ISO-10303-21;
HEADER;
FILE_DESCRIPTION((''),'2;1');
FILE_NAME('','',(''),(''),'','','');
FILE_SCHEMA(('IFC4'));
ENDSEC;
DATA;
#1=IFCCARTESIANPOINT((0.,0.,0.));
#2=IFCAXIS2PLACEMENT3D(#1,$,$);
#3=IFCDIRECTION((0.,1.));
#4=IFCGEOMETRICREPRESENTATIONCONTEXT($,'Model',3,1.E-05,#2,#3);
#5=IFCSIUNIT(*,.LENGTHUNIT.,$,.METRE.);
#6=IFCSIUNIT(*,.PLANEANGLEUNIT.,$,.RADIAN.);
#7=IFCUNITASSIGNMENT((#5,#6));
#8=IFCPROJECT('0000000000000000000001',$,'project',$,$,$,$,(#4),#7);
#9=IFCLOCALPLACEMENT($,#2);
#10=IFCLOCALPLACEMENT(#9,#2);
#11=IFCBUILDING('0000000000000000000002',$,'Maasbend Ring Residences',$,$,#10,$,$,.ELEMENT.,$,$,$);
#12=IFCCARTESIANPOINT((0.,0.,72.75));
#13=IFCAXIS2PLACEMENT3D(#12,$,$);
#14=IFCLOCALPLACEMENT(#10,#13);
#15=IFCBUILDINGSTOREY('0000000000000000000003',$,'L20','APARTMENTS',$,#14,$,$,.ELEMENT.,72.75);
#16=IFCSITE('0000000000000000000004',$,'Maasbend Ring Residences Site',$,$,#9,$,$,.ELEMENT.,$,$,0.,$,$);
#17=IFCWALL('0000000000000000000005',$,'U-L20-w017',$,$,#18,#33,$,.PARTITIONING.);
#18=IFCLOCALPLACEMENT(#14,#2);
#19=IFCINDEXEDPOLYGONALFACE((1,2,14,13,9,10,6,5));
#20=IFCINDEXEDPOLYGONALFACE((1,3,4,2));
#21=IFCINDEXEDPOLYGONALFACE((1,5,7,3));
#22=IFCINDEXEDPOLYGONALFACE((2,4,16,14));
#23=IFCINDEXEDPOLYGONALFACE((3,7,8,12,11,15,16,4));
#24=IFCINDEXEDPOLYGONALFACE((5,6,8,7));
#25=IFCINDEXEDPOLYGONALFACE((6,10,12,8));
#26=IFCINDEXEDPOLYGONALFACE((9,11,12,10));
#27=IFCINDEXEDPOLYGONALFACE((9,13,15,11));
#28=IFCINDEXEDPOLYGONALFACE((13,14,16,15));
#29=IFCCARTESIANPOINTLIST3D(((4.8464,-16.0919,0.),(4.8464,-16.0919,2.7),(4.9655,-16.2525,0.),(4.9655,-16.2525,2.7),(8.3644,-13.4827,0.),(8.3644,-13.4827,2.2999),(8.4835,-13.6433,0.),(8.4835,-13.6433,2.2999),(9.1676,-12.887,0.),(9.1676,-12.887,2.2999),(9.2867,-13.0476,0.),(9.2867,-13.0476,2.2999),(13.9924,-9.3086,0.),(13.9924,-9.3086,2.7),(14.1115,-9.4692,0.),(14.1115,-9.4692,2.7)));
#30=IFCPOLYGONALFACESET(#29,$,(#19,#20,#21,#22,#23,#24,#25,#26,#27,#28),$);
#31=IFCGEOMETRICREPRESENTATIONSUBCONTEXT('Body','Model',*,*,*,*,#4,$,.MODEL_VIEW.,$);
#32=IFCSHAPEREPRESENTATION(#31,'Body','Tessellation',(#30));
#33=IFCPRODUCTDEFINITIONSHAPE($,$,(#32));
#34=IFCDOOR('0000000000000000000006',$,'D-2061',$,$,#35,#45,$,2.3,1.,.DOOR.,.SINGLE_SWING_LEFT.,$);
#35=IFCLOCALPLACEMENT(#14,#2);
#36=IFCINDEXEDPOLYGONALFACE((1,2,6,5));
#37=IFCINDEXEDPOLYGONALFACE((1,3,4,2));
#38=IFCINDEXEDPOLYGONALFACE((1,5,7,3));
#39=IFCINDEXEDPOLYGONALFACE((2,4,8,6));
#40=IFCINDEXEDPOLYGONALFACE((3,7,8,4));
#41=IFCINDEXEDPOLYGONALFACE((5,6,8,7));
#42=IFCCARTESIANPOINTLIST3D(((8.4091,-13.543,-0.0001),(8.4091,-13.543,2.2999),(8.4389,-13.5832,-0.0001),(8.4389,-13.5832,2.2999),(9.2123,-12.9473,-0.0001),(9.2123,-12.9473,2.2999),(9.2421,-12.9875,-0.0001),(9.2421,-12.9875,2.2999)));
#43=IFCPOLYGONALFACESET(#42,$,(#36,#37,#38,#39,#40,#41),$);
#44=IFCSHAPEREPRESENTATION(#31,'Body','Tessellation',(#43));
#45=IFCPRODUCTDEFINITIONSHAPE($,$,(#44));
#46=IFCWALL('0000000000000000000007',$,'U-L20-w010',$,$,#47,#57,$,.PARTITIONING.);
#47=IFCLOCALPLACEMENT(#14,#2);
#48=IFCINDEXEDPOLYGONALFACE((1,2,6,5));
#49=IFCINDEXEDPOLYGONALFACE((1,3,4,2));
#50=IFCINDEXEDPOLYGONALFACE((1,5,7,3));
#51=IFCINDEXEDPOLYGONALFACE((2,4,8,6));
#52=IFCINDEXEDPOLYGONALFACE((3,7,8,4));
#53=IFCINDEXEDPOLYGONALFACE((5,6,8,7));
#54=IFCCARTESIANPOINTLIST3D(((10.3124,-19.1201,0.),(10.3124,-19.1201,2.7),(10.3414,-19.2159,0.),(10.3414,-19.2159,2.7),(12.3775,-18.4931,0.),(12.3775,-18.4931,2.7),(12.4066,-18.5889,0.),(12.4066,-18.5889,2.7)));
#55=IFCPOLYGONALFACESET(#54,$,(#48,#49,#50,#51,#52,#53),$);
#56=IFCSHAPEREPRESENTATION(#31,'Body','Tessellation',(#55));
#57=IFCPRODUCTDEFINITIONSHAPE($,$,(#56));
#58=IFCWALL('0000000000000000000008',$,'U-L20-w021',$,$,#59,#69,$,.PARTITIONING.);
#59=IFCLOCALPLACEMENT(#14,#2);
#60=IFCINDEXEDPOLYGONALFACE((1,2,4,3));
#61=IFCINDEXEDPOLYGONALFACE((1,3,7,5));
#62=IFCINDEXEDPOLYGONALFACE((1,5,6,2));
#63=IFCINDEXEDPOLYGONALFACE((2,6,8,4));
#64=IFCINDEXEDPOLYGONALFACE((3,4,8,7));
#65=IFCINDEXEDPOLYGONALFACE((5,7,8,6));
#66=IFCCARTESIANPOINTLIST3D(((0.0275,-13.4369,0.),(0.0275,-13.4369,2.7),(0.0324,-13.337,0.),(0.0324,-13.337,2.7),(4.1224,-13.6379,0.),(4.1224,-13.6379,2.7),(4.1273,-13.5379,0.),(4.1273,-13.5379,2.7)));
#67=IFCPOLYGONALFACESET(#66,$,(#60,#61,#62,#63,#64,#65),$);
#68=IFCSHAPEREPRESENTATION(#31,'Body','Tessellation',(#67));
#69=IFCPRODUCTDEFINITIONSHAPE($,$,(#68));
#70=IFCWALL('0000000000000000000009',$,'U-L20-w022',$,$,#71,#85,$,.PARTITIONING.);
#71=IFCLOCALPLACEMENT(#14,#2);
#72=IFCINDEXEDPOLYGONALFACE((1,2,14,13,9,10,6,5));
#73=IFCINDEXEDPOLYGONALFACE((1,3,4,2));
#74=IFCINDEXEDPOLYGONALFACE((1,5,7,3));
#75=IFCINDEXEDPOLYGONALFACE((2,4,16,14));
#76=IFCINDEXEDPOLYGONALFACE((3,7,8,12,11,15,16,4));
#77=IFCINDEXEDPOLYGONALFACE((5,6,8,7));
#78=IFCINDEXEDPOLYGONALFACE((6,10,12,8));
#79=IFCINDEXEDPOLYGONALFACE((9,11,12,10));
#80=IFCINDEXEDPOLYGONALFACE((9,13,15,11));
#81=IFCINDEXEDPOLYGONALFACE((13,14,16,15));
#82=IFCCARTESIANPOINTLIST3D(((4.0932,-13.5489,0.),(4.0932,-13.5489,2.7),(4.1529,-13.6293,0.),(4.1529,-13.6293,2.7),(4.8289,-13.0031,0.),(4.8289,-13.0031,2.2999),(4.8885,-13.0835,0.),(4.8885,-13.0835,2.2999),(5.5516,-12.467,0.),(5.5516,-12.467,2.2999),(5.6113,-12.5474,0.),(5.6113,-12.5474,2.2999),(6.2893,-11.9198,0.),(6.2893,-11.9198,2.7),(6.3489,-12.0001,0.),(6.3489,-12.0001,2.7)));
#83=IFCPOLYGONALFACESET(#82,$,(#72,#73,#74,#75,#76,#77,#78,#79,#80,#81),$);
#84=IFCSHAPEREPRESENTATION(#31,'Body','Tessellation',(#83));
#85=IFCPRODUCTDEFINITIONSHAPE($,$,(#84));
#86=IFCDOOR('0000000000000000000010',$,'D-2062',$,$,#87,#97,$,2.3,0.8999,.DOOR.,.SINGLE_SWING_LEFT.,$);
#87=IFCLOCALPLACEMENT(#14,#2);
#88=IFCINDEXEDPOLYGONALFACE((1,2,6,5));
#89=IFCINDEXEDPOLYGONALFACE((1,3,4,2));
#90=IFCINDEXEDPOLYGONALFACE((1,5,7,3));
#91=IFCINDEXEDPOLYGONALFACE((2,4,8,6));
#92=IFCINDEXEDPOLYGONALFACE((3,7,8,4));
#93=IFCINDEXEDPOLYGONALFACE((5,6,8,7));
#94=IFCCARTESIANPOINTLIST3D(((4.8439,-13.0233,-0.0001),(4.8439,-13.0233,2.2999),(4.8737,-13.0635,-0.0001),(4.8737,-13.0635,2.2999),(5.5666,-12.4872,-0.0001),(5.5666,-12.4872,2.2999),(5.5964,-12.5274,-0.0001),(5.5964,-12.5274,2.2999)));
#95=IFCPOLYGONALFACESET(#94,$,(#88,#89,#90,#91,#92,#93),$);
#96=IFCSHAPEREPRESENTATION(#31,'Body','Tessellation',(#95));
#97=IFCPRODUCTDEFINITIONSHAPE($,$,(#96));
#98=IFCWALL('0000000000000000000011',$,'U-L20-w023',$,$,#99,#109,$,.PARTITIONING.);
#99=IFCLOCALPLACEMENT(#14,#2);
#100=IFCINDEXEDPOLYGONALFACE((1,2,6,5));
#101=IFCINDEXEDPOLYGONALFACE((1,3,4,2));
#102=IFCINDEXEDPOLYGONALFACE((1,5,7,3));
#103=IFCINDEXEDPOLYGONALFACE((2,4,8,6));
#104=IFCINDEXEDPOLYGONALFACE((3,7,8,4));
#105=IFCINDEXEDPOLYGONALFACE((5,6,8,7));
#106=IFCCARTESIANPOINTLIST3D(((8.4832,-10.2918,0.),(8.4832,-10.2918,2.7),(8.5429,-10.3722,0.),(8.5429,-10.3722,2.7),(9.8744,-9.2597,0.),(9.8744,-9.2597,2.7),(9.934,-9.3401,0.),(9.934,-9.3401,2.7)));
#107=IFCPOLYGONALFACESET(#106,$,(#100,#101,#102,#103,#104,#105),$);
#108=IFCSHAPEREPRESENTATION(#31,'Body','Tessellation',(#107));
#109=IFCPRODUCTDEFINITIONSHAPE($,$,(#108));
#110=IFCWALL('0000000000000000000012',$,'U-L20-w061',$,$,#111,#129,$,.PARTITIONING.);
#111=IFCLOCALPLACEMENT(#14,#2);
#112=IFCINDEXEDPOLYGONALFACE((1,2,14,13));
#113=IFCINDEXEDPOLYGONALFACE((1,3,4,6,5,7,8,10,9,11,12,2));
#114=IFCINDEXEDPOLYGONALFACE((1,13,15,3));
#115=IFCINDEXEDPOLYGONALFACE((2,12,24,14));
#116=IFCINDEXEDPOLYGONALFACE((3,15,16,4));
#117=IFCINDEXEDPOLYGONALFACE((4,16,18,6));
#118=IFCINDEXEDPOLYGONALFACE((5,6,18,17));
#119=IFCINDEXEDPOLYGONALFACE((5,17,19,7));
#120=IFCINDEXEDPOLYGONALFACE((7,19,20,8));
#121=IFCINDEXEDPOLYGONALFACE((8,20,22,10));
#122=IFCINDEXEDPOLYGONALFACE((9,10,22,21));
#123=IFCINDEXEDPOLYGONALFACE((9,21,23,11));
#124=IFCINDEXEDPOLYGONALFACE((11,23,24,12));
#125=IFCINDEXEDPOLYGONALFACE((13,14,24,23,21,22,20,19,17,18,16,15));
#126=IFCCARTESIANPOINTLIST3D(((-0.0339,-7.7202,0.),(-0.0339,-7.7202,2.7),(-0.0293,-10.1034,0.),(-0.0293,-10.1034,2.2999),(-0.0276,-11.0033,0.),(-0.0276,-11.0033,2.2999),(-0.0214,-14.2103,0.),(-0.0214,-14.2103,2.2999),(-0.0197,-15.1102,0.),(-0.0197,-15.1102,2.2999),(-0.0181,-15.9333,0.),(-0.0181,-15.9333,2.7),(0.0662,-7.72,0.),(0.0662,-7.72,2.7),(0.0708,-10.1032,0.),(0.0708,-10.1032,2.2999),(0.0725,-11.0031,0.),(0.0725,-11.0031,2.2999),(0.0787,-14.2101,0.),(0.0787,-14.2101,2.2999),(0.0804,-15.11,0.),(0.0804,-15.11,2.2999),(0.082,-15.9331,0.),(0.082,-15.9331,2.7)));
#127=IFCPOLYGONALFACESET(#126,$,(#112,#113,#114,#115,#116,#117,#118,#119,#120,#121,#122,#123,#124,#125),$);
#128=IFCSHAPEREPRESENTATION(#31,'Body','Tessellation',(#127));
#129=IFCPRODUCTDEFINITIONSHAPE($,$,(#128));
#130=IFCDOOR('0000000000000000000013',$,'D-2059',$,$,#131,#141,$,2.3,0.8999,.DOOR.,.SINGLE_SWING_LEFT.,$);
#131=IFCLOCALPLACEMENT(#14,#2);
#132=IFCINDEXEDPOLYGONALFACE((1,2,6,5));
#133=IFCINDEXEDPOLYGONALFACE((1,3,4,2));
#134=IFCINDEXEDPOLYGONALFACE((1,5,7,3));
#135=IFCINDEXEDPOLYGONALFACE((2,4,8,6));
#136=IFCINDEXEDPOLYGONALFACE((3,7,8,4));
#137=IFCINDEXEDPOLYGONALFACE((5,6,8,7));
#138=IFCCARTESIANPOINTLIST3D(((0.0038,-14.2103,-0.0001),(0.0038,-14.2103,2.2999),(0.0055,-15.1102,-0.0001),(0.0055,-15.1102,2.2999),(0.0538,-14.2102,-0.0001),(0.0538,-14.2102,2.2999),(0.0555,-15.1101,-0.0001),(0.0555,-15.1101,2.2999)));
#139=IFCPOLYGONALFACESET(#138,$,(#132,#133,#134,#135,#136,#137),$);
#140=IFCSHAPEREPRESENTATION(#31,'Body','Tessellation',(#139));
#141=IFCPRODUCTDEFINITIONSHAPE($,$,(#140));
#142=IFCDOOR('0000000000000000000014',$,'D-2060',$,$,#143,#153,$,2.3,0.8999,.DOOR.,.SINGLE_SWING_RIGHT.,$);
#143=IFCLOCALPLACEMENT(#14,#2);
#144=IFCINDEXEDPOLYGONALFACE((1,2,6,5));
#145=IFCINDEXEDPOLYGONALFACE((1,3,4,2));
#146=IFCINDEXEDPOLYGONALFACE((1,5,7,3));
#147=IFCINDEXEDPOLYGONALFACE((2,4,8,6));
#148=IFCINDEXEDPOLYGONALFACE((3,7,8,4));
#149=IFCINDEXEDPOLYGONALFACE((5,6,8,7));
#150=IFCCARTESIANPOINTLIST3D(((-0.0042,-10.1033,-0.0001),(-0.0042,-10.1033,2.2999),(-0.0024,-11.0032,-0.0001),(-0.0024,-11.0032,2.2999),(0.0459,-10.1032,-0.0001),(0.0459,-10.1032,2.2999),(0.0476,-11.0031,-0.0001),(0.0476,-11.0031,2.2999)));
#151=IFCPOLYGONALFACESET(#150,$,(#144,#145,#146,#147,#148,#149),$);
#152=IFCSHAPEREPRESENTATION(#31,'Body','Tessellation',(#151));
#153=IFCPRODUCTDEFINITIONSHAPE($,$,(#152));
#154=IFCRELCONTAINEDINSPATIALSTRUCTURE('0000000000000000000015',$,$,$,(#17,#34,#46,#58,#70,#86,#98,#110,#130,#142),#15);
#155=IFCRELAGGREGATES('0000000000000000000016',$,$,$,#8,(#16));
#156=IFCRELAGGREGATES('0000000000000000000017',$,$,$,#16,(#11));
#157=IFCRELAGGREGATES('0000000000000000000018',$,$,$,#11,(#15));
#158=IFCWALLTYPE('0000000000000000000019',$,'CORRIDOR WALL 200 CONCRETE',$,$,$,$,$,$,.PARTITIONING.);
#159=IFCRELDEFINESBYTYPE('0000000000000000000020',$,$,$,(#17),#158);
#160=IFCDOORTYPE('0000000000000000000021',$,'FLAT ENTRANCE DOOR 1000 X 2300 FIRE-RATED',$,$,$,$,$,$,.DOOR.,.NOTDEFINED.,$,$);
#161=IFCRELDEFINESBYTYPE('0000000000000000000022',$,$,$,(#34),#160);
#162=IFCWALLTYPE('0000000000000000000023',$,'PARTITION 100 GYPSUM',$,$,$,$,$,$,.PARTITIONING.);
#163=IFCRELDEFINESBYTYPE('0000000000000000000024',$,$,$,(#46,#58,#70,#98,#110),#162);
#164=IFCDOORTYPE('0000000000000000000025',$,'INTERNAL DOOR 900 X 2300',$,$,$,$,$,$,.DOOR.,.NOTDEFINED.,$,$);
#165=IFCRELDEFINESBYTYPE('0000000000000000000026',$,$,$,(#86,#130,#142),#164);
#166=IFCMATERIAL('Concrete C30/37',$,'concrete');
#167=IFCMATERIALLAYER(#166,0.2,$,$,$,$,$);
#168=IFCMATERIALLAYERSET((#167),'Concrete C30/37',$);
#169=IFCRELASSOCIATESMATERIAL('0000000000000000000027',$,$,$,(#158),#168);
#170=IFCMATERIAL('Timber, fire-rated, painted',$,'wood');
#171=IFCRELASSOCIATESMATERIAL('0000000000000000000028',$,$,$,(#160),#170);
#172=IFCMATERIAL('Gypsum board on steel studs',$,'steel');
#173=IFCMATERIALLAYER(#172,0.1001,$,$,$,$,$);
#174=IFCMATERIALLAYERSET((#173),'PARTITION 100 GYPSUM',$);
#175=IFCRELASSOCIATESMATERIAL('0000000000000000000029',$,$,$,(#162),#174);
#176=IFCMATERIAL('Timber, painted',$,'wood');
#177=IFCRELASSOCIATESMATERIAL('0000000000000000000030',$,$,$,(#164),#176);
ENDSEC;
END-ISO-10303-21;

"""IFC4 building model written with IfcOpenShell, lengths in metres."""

from ifc_helpers import new_model, si_unit, direction, frame, frame_2d, origin, place, context, subcontext, project, spatial, rectangle, extrude, material, layer, layer_set, type_object, element, fill, save


model = new_model("IFC4")

# Units and contexts
model_context = context("Model", 3, precision=1e-05, world=origin(), true_north=direction((0.0, 1.0)))
body_context = subcontext(model_context, "Body", "Model", "MODEL_VIEW")
ifc_project = project(units=[si_unit("LENGTHUNIT", "METRE"), si_unit("PLANEANGLEUNIT", "RADIAN")], contexts=[model_context])

# Site, building, storey
site_placement = place(None, origin())
site = spatial("IfcSite", under=ifc_project, at=site_placement, Name="Maasbend Ring Residences Site", CompositionType="ELEMENT", RefElevation=0.0)
building_placement = place(site_placement, origin())
building = spatial("IfcBuilding", under=site, at=building_placement, Name="Maasbend Ring Residences", CompositionType="ELEMENT")
storey_placement = place(building_placement, frame((0.0, 0.0, 72.75)))
storey = spatial("IfcBuildingStorey", under=building, at=storey_placement, Name="L20", Description="APARTMENTS", CompositionType="ELEMENT", Elevation=72.75)

# Wall, opening, door
ifc_material_1 = material(Name="Concrete C30/37", Category="concrete")
ifc_layer_1 = layer(ifc_material_1, 0.2)
ifc_layer_set_1 = layer_set([ifc_layer_1], Name="Concrete C30/37")
wall_type_1 = type_object("IfcWallType", Name="CORRIDOR WALL 200 CONCRETE", PredefinedType="PARTITIONING", material=ifc_layer_set_1)
ifc_material_2 = material(Name="Timber, fire-rated, painted", Category="wood")
door_type_1 = type_object("IfcDoorType", Name="FLAT ENTRANCE DOOR 1000 X 2300 FIRE-RATED", OperationType="NOTDEFINED", PredefinedType="DOOR", material=ifc_material_2)
wall_1_placement = place(storey_placement, frame((4.906, -16.1721, 0.0), z_axis=(0.0, 0.0, 1.0), x_axis=(0.803205, 0.595703, 0.0)))
wall_1 = element("IfcWall", 1, at=wall_1_placement, inside=storey, type_object=wall_type_1, Name="U-L20-w017", PredefinedType="PARTITIONING", context=body_context, shape_type="SweptSolid", body=[
    extrude(rectangle(XDim=11.387, YDim=0.2, at=frame_2d((5.6934, 0.0))), origin(), (0.0, 0.0, 1.0), 2.7),
])
opening_1_placement = place(wall_1_placement, frame((4.3799, 0.0, 0.0)))
opening_1 = element("IfcOpeningElement", 2, at=opening_1_placement, cuts=wall_1, PredefinedType="OPENING", context=body_context, shape_type="SweptSolid", body=[
    extrude(rectangle(XDim=1.0, YDim=2.3, at=frame_2d((0.5, 1.1499))), frame((0.0, 0.1099, 0.0), z_axis=(0.0, -1.0, 0.0), x_axis=(1.0, 0.0, 0.0)), (0.0, 0.0, 1.0), 0.22),
])
door_1_placement = place(opening_1_placement, origin())
door_1 = element("IfcDoor", 3, at=door_1_placement, inside=storey, type_object=door_type_1, Name="D-2061", OperationType="SINGLE_SWING_LEFT", OverallHeight=2.3, OverallWidth=1.0, PredefinedType="DOOR", context=body_context, shape_type="SweptSolid", body=[
    extrude(rectangle(XDim=1.0, YDim=2.3, at=frame_2d((0.5, 1.1499))), frame((0.0, 0.0249, 0.0), z_axis=(0.0, -1.0, 0.0), x_axis=(1.0, 0.0, 0.0)), (0.0, 0.0, 1.0), 0.05),
])
fill(opening_1, door_1)

# Walls
ifc_material_3 = material(Name="Gypsum board on steel studs", Category="steel")
ifc_layer_2 = layer(ifc_material_3, 0.1001)
ifc_layer_set_2 = layer_set([ifc_layer_2], Name="PARTITION 100 GYPSUM")
wall_type_2 = type_object("IfcWallType", Name="PARTITION 100 GYPSUM", PredefinedType="PARTITIONING", material=ifc_layer_set_2)
wall_2_placement = place(storey_placement, frame((10.3269, -19.168, 0.0), z_axis=(0.0, 0.0, 1.0), x_axis=(0.956878, 0.290491, 0.0)))
element("IfcWall", 4, at=wall_2_placement, inside=storey, type_object=wall_type_2, Name="U-L20-w010", PredefinedType="PARTITIONING", context=body_context, shape_type="SweptSolid", body=[
    extrude(rectangle(XDim=2.1582, YDim=0.1001, at=frame_2d((1.0791, 0.0))), origin(), (0.0, 0.0, 1.0), 2.7),
])
wall_3_placement = place(storey_placement, frame((0.03, -13.387, 0.0), z_axis=(0.0, 0.0, 1.0), x_axis=(0.998798, -0.049008, 0.0)))
element("IfcWall", 5, at=wall_3_placement, inside=storey, type_object=wall_type_2, Name="U-L20-w021", PredefinedType="PARTITIONING", context=body_context, shape_type="SweptSolid", body=[
    extrude(rectangle(XDim=4.0999, YDim=0.1001, at=frame_2d((2.0498, 0.0))), origin(), (0.0, 0.0, 1.0), 2.7),
])

# Wall, opening, door
wall_4_placement = place(storey_placement, frame((4.123, -13.5891, 0.0), z_axis=(0.0, 0.0, 1.0), x_axis=(0.803128, 0.595806, 0.0)))
wall_4 = element("IfcWall", 6, at=wall_4_placement, inside=storey, type_object=wall_type_2, Name="U-L20-w022", PredefinedType="PARTITIONING", context=body_context, shape_type="SweptSolid", body=[
    extrude(rectangle(XDim=2.7344, YDim=0.1001, at=frame_2d((1.3672, 0.0))), origin(), (0.0, 0.0, 1.0), 2.7),
])
opening_2_placement = place(wall_4_placement, frame((0.916, 0.0, 0.0)))
opening_2 = element("IfcOpeningElement", 7, at=opening_2_placement, cuts=wall_4, PredefinedType="OPENING", context=body_context, shape_type="SweptSolid", body=[
    extrude(rectangle(XDim=0.8999, YDim=2.3, at=frame_2d((0.45, 1.1499))), frame((0.0, 0.0601, 0.0), z_axis=(0.0, -1.0, 0.0), x_axis=(1.0, 0.0, 0.0)), (0.0, 0.0, 1.0), 0.1201),
])
ifc_material_4 = material(Name="Timber, painted", Category="wood")
door_type_2 = type_object("IfcDoorType", Name="INTERNAL DOOR 900 X 2300", OperationType="NOTDEFINED", PredefinedType="DOOR", material=ifc_material_4)
door_2_placement = place(opening_2_placement, origin())
door_2 = element("IfcDoor", 8, at=door_2_placement, inside=storey, type_object=door_type_2, Name="D-2062", OperationType="SINGLE_SWING_LEFT", OverallHeight=2.3, OverallWidth=0.8999, PredefinedType="DOOR", context=body_context, shape_type="SweptSolid", body=[
    extrude(rectangle(XDim=0.8999, YDim=2.3, at=frame_2d((0.45, 1.1499))), frame((0.0, 0.0249, 0.0), z_axis=(0.0, -1.0, 0.0), x_axis=(1.0, 0.0, 0.0)), (0.0, 0.0, 1.0), 0.05),
])
fill(opening_2, door_2)

# Wall
wall_5_placement = place(storey_placement, frame((8.5129, -10.332, 0.0), z_axis=(0.0, 0.0, 1.0), x_axis=(0.803135, 0.595797, 0.0)))
element("IfcWall", 9, at=wall_5_placement, inside=storey, type_object=wall_type_2, Name="U-L20-w023", PredefinedType="PARTITIONING", context=body_context, shape_type="SweptSolid", body=[
    extrude(rectangle(XDim=1.7322, YDim=0.1001, at=frame_2d((0.8662, 0.0))), origin(), (0.0, 0.0, 1.0), 2.7),
])

# Wall, openings, doors
wall_6_placement = place(storey_placement, frame((0.032, -15.9331, 0.0), z_axis=(0.0, 0.0, 1.0), x_axis=(-0.001932, 0.999998, 0.0)))
wall_6 = element("IfcWall", 10, at=wall_6_placement, inside=storey, type_object=wall_type_2, Name="U-L20-w061", PredefinedType="PARTITIONING", context=body_context, shape_type="SweptSolid", body=[
    extrude(rectangle(XDim=8.2131, YDim=0.1001, at=frame_2d((4.1064, 0.0))), origin(), (0.0, 0.0, 1.0), 2.7),
])
opening_3_placement = place(wall_6_placement, frame((0.823, 0.0, 0.0)))
opening_3 = element("IfcOpeningElement", 11, at=opening_3_placement, cuts=wall_6, PredefinedType="OPENING", context=body_context, shape_type="SweptSolid", body=[
    extrude(rectangle(XDim=0.8999, YDim=2.3, at=frame_2d((0.45, 1.1499))), frame((0.0, 0.0601, 0.0), z_axis=(0.0, -1.0, 0.0), x_axis=(1.0, 0.0, 0.0)), (0.0, 0.0, 1.0), 0.1201),
])
opening_4_placement = place(wall_6_placement, frame((4.9299, 0.0, 0.0)))
opening_4 = element("IfcOpeningElement", 12, at=opening_4_placement, cuts=wall_6, PredefinedType="OPENING", context=body_context, shape_type="SweptSolid", body=[
    extrude(rectangle(XDim=0.8999, YDim=2.3, at=frame_2d((0.45, 1.1499))), frame((0.0, 0.0601, 0.0), z_axis=(0.0, -1.0, 0.0), x_axis=(1.0, 0.0, 0.0)), (0.0, 0.0, 1.0), 0.1201),
])
door_3_placement = place(opening_3_placement, origin())
door_3 = element("IfcDoor", 13, at=door_3_placement, inside=storey, type_object=door_type_2, Name="D-2059", OperationType="SINGLE_SWING_LEFT", OverallHeight=2.3, OverallWidth=0.8999, PredefinedType="DOOR", context=body_context, shape_type="SweptSolid", body=[
    extrude(rectangle(XDim=0.8999, YDim=2.3, at=frame_2d((0.45, 1.1499))), frame((0.0, 0.0249, 0.0), z_axis=(0.0, -1.0, 0.0), x_axis=(1.0, 0.0, 0.0)), (0.0, 0.0, 1.0), 0.05),
])
fill(opening_3, door_3)
door_4_placement = place(opening_4_placement, origin())
door_4 = element("IfcDoor", 14, at=door_4_placement, inside=storey, type_object=door_type_2, Name="D-2060", OperationType="SINGLE_SWING_RIGHT", OverallHeight=2.3, OverallWidth=0.8999, PredefinedType="DOOR", context=body_context, shape_type="SweptSolid", body=[
    extrude(rectangle(XDim=0.8999, YDim=2.3, at=frame_2d((0.45, 1.1499))), frame((0.0, 0.0249, 0.0), z_axis=(0.0, -1.0, 0.0), x_axis=(1.0, 0.0, 0.0)), (0.0, 0.0, 1.0), 0.05),
])
fill(opening_4, door_4)

save(model, "model.ifc")
